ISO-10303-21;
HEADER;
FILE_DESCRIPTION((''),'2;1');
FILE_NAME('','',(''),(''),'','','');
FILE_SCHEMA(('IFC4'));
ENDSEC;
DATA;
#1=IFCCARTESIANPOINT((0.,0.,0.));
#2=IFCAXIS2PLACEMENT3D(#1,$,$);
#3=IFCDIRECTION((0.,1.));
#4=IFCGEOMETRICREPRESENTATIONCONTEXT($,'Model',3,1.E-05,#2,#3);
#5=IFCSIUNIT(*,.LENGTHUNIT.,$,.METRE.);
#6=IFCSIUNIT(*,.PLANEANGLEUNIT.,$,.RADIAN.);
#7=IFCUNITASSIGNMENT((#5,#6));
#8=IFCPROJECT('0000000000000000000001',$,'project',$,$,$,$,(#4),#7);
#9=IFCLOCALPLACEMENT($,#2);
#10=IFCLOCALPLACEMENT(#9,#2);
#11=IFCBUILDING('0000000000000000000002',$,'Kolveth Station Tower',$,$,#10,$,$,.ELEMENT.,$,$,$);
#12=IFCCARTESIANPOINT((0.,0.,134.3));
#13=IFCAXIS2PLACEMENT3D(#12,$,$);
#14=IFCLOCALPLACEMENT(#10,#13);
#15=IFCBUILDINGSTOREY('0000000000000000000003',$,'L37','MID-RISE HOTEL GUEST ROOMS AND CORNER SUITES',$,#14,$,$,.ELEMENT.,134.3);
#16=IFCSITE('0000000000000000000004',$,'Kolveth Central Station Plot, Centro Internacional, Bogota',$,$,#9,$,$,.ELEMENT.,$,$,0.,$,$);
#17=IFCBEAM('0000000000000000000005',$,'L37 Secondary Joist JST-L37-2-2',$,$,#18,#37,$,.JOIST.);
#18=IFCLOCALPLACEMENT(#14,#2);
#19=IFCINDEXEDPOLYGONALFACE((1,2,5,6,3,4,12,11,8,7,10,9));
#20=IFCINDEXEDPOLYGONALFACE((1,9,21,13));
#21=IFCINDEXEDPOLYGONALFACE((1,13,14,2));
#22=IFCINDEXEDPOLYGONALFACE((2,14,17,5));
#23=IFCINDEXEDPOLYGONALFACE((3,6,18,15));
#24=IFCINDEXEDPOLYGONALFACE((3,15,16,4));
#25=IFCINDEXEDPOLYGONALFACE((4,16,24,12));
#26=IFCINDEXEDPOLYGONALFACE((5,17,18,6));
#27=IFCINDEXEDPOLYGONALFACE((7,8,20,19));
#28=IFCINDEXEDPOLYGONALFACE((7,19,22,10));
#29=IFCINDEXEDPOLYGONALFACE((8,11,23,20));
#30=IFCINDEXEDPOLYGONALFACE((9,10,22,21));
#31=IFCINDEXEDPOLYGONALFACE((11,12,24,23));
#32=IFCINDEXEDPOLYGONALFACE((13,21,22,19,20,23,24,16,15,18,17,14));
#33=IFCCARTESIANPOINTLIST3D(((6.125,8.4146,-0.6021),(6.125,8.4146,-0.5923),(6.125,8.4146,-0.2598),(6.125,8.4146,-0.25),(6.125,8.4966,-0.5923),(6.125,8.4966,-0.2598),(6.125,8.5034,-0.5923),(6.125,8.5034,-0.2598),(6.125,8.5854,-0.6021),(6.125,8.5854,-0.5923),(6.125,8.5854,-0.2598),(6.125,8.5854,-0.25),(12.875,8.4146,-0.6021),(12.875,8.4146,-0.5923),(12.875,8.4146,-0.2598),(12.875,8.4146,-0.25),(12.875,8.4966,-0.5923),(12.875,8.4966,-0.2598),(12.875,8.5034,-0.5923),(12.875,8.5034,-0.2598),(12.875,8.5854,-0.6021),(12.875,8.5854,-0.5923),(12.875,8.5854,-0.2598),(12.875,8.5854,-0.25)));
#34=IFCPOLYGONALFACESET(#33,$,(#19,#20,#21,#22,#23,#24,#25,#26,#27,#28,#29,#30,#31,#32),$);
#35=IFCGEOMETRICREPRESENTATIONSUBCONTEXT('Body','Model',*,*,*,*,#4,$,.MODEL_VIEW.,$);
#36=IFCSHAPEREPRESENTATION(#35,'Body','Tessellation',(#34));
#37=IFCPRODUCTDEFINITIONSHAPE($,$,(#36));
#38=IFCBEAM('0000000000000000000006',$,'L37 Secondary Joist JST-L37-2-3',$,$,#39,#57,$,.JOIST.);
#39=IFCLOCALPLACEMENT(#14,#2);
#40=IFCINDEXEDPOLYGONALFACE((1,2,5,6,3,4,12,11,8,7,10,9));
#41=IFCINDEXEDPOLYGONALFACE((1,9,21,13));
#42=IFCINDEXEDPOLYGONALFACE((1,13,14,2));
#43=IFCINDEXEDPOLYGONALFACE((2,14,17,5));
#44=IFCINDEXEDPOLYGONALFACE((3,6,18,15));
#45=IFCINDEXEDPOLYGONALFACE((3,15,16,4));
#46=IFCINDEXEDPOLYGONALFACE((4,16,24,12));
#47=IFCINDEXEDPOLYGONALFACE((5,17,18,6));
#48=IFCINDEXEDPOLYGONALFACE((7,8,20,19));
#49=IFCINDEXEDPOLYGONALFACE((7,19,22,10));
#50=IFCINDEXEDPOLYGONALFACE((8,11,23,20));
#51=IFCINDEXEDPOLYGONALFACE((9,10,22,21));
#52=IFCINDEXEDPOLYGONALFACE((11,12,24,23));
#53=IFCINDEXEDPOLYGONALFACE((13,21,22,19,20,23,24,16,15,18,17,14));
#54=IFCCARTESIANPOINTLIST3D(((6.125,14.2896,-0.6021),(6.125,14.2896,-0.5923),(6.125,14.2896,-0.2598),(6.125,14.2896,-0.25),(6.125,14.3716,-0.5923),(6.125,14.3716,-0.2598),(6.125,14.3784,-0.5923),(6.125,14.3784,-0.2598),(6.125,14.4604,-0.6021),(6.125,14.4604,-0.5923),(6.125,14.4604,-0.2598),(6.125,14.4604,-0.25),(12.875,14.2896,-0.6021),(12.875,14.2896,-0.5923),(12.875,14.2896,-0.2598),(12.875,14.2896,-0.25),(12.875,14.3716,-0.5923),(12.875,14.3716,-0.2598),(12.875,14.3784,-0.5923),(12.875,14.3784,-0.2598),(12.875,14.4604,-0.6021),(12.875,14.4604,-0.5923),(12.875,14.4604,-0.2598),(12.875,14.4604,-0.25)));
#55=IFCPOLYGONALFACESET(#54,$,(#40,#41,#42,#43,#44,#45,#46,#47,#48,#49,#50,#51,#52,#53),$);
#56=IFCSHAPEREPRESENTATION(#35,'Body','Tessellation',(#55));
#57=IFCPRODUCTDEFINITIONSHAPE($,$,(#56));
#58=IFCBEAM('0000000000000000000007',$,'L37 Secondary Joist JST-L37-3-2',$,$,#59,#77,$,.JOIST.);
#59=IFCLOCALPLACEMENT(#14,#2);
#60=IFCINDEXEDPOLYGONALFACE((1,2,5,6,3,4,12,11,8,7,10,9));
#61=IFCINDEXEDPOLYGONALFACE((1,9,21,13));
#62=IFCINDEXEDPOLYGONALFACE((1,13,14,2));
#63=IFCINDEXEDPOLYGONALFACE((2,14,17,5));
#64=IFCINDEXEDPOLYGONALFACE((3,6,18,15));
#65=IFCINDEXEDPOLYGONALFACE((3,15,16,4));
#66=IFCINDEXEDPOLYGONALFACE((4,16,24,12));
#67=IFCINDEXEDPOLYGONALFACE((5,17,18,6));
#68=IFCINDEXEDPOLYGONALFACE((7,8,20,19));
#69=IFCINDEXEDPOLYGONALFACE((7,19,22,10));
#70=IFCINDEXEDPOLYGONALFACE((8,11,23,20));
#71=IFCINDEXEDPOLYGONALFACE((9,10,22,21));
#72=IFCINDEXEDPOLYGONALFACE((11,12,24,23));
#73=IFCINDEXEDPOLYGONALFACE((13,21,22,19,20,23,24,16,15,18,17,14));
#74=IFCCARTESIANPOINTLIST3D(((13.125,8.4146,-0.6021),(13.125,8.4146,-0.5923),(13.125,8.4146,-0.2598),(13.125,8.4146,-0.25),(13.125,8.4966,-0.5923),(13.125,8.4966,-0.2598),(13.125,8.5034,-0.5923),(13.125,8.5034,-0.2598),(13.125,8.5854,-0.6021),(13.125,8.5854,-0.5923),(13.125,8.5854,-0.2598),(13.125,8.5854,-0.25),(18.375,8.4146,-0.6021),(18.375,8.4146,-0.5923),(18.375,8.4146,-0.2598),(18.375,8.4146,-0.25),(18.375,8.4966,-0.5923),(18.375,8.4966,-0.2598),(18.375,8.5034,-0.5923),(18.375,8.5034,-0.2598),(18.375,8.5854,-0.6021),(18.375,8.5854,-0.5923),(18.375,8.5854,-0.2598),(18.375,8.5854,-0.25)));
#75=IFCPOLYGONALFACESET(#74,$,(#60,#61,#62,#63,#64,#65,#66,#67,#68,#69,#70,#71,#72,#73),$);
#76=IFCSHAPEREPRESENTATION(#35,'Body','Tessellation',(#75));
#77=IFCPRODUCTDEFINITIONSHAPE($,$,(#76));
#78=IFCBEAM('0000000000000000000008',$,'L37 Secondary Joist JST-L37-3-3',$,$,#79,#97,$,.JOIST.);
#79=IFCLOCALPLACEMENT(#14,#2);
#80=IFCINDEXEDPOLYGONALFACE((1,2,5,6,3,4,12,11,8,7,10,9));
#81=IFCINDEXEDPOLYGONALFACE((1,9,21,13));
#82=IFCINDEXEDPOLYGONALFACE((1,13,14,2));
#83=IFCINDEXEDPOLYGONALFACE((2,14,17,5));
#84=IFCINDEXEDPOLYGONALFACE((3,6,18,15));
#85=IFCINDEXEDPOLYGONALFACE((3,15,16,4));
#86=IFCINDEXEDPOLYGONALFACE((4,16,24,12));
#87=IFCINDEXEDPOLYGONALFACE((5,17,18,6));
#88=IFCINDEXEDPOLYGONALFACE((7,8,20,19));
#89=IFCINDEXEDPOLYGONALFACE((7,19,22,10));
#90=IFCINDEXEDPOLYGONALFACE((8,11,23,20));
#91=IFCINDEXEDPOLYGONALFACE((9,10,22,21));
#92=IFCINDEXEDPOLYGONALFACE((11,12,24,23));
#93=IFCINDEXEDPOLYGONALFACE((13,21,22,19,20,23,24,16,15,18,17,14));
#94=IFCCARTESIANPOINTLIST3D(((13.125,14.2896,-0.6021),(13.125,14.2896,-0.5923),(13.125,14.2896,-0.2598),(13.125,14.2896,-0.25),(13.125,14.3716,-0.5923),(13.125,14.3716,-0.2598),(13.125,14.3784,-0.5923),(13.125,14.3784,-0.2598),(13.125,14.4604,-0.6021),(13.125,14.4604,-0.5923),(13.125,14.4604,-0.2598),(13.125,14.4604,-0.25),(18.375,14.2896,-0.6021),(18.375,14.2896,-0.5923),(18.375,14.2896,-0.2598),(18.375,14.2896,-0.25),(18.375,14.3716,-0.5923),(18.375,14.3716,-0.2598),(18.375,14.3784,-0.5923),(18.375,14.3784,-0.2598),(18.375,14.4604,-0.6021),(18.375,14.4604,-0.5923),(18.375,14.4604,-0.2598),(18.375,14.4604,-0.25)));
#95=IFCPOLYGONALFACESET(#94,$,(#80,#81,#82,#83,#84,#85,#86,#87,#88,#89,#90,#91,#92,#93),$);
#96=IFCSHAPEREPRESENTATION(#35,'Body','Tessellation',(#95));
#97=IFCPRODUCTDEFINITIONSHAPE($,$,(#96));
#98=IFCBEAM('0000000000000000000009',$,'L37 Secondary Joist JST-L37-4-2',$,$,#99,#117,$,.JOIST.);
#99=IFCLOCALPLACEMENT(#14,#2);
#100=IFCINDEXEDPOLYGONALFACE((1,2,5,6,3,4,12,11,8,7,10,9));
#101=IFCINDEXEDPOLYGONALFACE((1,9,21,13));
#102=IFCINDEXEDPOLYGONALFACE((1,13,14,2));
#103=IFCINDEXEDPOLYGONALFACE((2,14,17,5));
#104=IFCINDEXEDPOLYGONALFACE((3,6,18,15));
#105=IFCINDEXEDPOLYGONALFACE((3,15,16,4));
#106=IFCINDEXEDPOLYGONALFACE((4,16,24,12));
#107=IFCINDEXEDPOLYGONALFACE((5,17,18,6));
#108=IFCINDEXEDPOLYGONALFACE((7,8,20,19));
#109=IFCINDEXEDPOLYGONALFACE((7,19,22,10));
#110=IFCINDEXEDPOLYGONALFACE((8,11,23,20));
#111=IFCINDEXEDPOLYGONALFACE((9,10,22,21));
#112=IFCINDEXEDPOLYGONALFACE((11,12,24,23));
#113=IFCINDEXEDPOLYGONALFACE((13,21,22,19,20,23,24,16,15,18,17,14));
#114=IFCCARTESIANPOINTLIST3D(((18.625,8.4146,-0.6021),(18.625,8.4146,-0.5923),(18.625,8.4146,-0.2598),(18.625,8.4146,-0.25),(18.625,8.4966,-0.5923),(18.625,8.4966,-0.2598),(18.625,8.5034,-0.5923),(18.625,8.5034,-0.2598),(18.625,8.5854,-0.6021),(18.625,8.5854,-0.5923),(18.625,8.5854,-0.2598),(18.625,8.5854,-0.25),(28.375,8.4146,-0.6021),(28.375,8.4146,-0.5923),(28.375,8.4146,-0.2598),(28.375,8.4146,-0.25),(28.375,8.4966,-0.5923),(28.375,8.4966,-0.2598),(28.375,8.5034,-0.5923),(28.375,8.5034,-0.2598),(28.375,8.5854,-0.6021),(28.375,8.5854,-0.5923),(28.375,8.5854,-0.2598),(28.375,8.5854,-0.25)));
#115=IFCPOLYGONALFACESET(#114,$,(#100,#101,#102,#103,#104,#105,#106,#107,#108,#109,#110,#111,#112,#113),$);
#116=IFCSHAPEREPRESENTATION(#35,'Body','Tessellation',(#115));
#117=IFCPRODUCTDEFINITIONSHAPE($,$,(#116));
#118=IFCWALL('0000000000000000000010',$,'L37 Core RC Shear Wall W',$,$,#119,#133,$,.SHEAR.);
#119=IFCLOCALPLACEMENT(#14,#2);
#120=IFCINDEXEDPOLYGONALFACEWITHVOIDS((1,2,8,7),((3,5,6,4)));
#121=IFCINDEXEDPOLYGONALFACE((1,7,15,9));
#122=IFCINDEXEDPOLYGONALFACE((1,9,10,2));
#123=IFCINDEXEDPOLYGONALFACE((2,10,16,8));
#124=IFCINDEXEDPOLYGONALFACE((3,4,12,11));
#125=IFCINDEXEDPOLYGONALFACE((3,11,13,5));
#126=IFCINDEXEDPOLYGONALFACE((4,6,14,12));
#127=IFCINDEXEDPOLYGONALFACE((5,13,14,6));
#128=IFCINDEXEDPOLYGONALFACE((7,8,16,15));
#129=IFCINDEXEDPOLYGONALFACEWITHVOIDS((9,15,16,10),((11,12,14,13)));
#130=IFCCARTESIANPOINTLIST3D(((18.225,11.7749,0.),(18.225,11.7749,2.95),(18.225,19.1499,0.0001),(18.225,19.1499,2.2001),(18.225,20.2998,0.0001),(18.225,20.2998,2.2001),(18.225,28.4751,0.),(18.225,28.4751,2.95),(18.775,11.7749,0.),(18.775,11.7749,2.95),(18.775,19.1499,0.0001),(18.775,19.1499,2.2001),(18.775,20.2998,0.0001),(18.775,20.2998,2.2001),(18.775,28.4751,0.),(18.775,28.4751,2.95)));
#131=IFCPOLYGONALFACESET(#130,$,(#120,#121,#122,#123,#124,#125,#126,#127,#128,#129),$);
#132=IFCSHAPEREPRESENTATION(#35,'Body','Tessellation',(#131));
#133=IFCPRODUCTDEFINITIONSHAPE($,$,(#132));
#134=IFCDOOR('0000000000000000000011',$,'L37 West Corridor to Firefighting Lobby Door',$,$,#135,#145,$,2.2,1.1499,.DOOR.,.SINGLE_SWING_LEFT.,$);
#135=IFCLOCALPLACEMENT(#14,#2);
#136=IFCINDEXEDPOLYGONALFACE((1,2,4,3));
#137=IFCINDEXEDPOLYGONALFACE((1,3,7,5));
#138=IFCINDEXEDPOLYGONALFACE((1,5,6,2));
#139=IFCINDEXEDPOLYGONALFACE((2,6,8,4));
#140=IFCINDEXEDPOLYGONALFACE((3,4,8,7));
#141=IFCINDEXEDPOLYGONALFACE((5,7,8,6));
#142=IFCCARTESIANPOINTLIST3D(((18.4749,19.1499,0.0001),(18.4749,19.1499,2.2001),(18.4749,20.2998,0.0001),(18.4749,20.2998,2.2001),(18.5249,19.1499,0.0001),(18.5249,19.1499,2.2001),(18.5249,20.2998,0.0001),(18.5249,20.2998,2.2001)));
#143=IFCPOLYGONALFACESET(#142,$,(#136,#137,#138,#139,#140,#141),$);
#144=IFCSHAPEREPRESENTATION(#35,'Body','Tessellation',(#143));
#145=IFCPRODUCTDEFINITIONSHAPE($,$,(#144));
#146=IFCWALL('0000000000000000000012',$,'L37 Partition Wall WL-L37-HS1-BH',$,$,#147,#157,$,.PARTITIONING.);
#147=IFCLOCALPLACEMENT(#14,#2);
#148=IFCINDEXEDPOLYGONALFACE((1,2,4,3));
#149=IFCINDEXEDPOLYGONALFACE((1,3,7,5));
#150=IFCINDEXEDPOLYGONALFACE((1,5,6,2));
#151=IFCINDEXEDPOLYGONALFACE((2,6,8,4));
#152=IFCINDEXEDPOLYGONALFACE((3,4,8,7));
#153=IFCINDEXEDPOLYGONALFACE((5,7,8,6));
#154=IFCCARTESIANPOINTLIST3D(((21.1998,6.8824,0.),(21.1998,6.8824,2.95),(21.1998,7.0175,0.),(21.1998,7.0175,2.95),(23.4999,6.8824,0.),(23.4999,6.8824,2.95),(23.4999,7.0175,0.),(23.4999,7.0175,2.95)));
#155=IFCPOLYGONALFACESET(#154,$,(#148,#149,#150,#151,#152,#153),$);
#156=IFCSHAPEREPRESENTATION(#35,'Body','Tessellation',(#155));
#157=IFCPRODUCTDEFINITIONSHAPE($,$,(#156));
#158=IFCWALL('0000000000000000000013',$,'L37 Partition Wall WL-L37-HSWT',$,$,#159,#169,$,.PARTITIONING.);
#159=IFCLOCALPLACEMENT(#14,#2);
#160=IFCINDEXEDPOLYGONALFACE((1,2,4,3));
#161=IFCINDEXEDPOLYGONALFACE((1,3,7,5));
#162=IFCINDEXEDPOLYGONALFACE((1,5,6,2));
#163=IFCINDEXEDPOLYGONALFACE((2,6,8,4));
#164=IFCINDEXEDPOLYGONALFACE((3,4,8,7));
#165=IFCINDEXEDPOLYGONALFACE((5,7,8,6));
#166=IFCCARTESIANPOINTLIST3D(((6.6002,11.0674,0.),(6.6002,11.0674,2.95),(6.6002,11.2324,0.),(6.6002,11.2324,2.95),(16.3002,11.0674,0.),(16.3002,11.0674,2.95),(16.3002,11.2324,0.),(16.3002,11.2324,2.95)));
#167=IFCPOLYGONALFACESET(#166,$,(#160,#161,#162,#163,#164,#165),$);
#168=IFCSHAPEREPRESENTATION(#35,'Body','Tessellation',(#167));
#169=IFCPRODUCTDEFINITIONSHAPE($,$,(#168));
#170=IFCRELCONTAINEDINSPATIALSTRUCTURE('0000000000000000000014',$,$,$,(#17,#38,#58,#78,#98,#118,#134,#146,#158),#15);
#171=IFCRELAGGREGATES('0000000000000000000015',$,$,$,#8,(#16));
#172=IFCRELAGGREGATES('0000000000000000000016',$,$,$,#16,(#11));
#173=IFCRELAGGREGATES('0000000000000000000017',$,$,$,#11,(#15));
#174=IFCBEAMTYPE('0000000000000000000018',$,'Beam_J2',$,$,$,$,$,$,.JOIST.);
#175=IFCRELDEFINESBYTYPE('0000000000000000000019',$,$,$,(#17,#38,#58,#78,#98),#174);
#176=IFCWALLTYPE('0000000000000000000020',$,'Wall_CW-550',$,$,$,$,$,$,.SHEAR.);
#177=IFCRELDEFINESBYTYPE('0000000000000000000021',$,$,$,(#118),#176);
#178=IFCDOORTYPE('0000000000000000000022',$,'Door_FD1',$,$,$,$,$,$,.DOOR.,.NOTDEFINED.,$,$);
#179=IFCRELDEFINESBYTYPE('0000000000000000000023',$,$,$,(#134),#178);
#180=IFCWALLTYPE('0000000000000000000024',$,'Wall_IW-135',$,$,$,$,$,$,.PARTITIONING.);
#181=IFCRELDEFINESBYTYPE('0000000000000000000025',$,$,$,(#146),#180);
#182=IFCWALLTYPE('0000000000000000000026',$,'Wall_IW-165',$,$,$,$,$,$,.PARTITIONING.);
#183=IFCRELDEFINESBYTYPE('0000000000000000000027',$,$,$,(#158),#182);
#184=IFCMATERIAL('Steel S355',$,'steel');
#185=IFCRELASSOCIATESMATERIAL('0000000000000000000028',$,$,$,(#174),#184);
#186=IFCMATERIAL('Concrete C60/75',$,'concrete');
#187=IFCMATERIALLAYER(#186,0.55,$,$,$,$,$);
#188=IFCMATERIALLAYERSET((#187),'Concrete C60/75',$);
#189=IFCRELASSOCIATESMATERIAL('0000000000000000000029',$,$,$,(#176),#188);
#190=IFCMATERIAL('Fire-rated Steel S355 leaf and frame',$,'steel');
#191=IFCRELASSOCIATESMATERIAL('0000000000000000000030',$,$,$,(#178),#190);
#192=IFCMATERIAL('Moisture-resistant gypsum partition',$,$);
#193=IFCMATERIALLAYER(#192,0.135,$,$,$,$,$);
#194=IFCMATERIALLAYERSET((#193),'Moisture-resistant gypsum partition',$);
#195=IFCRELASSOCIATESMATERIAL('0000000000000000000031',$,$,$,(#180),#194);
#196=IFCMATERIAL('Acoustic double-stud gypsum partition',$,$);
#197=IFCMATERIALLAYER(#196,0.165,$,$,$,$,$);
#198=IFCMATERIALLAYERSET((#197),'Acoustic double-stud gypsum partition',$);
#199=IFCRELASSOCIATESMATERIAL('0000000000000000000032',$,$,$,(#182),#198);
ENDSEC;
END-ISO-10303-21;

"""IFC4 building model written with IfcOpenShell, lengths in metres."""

from ifc_helpers import new_model, si_unit, direction, frame, frame_2d, origin, origin_2d, place, context, subcontext, project, spatial, rectangle, i_section, extrude, source, transform, mapped, material, layer, layer_set, material_profile, profile_set, type_object, element, fill, save


model = new_model("IFC4")

# Units and contexts
model_context = context("Model", 3, precision=1e-05, world=origin(), true_north=direction((0.0, 1.0)))
body_context = subcontext(model_context, "Body", "Model", "MODEL_VIEW")
ifc_project = project(units=[si_unit("LENGTHUNIT", "METRE"), si_unit("PLANEANGLEUNIT", "RADIAN")], contexts=[model_context])

# Site, building, storey
site_placement = place(None, origin())
site = spatial("IfcSite", under=ifc_project, at=site_placement, Name="Kolveth Central Station Plot, Centro Internacional, Bogota", CompositionType="ELEMENT", RefElevation=0.0)
building_placement = place(site_placement, origin())
building = spatial("IfcBuilding", under=site, at=building_placement, Name="Kolveth Station Tower", CompositionType="ELEMENT")
storey_placement = place(building_placement, frame((0.0, 0.0, 134.3)))
storey = spatial("IfcBuildingStorey", under=building, at=storey_placement, Name="L37", Description="MID-RISE HOTEL GUEST ROOMS AND CORNER SUITES", CompositionType="ELEMENT", Elevation=134.3)

# Shared definitions
ifc_material_1 = material(Name="Steel S355", Category="steel")

# Beams
ifc_material_profile_1 = material_profile(ifc_material_1, i_section(OverallWidth=0.1709, OverallDepth=0.3521, WebThickness=0.0068, FlangeThickness=0.0098, at=origin_2d()), Name="W360x44")
ifc_profile_set_1 = profile_set([ifc_material_profile_1], Name="Steel S355")
beam_type_1 = type_object("IfcBeamType", Name="Beam_J2", PredefinedType="JOIST", material=ifc_profile_set_1)
shared_shape_1 = source(origin(), body_context, "Body", "SweptSolid", [
    extrude(i_section(OverallWidth=0.1709, OverallDepth=0.3521, WebThickness=0.0068, FlangeThickness=0.0098, at=origin_2d()), origin(), (0.0, 0.0, 1.0), 6.75),
])
for number, where, z_axis, x_axis, name in (
    (1, (6.125, 8.5, -0.426), (1.0, 0.0, 0.0), (0.0, 1.0, 0.0), "L37 Secondary Joist JST-L37-2-2"),
    (2, (6.125, 14.375, -0.426), (1.0, 0.0, 0.0), (0.0, 1.0, 0.0), "L37 Secondary Joist JST-L37-2-3"),
):
    element("IfcBeam", number, at=place(storey_placement, frame(where, z_axis=z_axis, x_axis=x_axis)), inside=storey, type_object=beam_type_1, Name=name, PredefinedType="JOIST", context=body_context, shape_type="MappedRepresentation", body=[
        mapped(shared_shape_1, transform((0.0, 0.0, 0.0), x_axis=(1.0, 0.0, 0.0), y_axis=(0.0, 1.0, 0.0), z_axis=(0.0, 0.0, 1.0), scale=1.0)),
    ])
shared_shape_2 = source(origin(), body_context, "Body", "SweptSolid", [
    extrude(i_section(OverallWidth=0.1709, OverallDepth=0.3521, WebThickness=0.0068, FlangeThickness=0.0098, at=origin_2d()), origin(), (0.0, 0.0, 1.0), 5.25),
])
for number, where, z_axis, x_axis, name in (
    (3, (13.125, 8.5, -0.426), (1.0, 0.0, 0.0), (0.0, 1.0, 0.0), "L37 Secondary Joist JST-L37-3-2"),
    (4, (13.125, 14.375, -0.426), (1.0, 0.0, 0.0), (0.0, 1.0, 0.0), "L37 Secondary Joist JST-L37-3-3"),
):
    element("IfcBeam", number, at=place(storey_placement, frame(where, z_axis=z_axis, x_axis=x_axis)), inside=storey, type_object=beam_type_1, Name=name, PredefinedType="JOIST", context=body_context, shape_type="MappedRepresentation", body=[
        mapped(shared_shape_2, transform((0.0, 0.0, 0.0), x_axis=(1.0, 0.0, 0.0), y_axis=(0.0, 1.0, 0.0), z_axis=(0.0, 0.0, 1.0), scale=1.0)),
    ])
shared_shape_3 = source(origin(), body_context, "Body", "SweptSolid", [
    extrude(i_section(OverallWidth=0.1709, OverallDepth=0.3521, WebThickness=0.0068, FlangeThickness=0.0098, at=origin_2d()), origin(), (0.0, 0.0, 1.0), 9.75),
])
beam_1_placement = place(storey_placement, frame((18.625, 8.5, -0.426), z_axis=(1.0, 0.0, 0.0), x_axis=(0.0, 1.0, 0.0)))
element("IfcBeam", 5, at=beam_1_placement, inside=storey, type_object=beam_type_1, Name="L37 Secondary Joist JST-L37-4-2", PredefinedType="JOIST", context=body_context, shape_type="MappedRepresentation", body=[
    mapped(shared_shape_3, transform((0.0, 0.0, 0.0), x_axis=(1.0, 0.0, 0.0), y_axis=(0.0, 1.0, 0.0), z_axis=(0.0, 0.0, 1.0), scale=1.0)),
])

# Shared definitions
ifc_material_2 = material(Name="Concrete C60/75", Category="concrete")
ifc_layer_1 = layer(ifc_material_2, 0.55)
ifc_layer_set_1 = layer_set([ifc_layer_1], Name="Concrete C60/75")
wall_type_1 = type_object("IfcWallType", Name="Wall_CW-550", PredefinedType="SHEAR", material=ifc_layer_set_1)

# Wall, opening, door
wall_1_placement = place(storey_placement, frame((18.5, 11.7749, 0.0), z_axis=(0.0, 0.0, 1.0), x_axis=(0.0, 1.0, 0.0)))
wall_1 = element("IfcWall", 6, at=wall_1_placement, inside=storey, type_object=wall_type_1, Name="L37 Core RC Shear Wall W", PredefinedType="SHEAR", context=body_context, shape_type="SweptSolid", body=[
    extrude(rectangle(XDim=16.7002, YDim=0.55, at=frame_2d((8.3501, 0.0))), origin(), (0.0, 0.0, 1.0), 2.95),
])
opening_1_placement = place(wall_1_placement, frame((7.375, 0.0, 0.0)))
opening_1 = element("IfcOpeningElement", 7, at=opening_1_placement, cuts=wall_1, PredefinedType="OPENING", context=body_context, shape_type="SweptSolid", body=[
    extrude(rectangle(XDim=1.1499, YDim=2.2, at=frame_2d((0.575, 1.1001))), frame((0.0, 0.2849, 0.0), z_axis=(0.0, -1.0, 0.0), x_axis=(1.0, 0.0, 0.0)), (0.0, 0.0, 1.0), 0.5701),
])
ifc_material_3 = material(Name="Fire-rated Steel S355 leaf and frame", Category="steel")
door_type_1 = type_object("IfcDoorType", Name="Door_FD1", OperationType="NOTDEFINED", PredefinedType="DOOR", material=ifc_material_3)
door_1_placement = place(opening_1_placement, frame((1.1499, 0.0, 0.0), z_axis=(0.0, 0.0, 1.0), x_axis=(-1.0, 0.0, 0.0)))
door_1 = element("IfcDoor", 8, at=door_1_placement, inside=storey, type_object=door_type_1, Name="L37 West Corridor to Firefighting Lobby Door", OperationType="SINGLE_SWING_LEFT", OverallHeight=2.2, OverallWidth=1.1499, PredefinedType="DOOR", context=body_context, shape_type="SweptSolid", body=[
    extrude(rectangle(XDim=1.1499, YDim=2.2, at=frame_2d((0.575, 1.1001))), frame((0.0, 0.0249, 0.0), z_axis=(0.0, -1.0, 0.0), x_axis=(1.0, 0.0, 0.0)), (0.0, 0.0, 1.0), 0.05),
])
fill(opening_1, door_1)

# Walls
ifc_material_4 = material(Name="Moisture-resistant gypsum partition")
ifc_layer_2 = layer(ifc_material_4, 0.135)
ifc_layer_set_2 = layer_set([ifc_layer_2], Name="Moisture-resistant gypsum partition")
wall_type_2 = type_object("IfcWallType", Name="Wall_IW-135", PredefinedType="PARTITIONING", material=ifc_layer_set_2)
wall_2_placement = place(storey_placement, frame((21.2, 6.95, 0.0), z_axis=(0.0, 0.0, 1.0), x_axis=(1.0, 0.0, 0.0)))
element("IfcWall", 9, at=wall_2_placement, inside=storey, type_object=wall_type_2, Name="L37 Partition Wall WL-L37-HS1-BH", PredefinedType="PARTITIONING", context=body_context, shape_type="SweptSolid", body=[
    extrude(rectangle(XDim=2.3, YDim=0.135, at=frame_2d((1.1499, 0.0))), origin(), (0.0, 0.0, 1.0), 2.95),
])
ifc_material_5 = material(Name="Acoustic double-stud gypsum partition")
ifc_layer_3 = layer(ifc_material_5, 0.165)
ifc_layer_set_3 = layer_set([ifc_layer_3], Name="Acoustic double-stud gypsum partition")
wall_type_3 = type_object("IfcWallType", Name="Wall_IW-165", PredefinedType="PARTITIONING", material=ifc_layer_set_3)
wall_3_placement = place(storey_placement, frame((6.6001, 11.1499, 0.0), z_axis=(0.0, 0.0, 1.0), x_axis=(1.0, 0.0, 0.0)))
element("IfcWall", 10, at=wall_3_placement, inside=storey, type_object=wall_type_3, Name="L37 Partition Wall WL-L37-HSWT", PredefinedType="PARTITIONING", context=body_context, shape_type="SweptSolid", body=[
    extrude(rectangle(XDim=9.7, YDim=0.165, at=frame_2d((4.8501, 0.0))), origin(), (0.0, 0.0, 1.0), 2.95),
])

save(model, "model.ifc")
